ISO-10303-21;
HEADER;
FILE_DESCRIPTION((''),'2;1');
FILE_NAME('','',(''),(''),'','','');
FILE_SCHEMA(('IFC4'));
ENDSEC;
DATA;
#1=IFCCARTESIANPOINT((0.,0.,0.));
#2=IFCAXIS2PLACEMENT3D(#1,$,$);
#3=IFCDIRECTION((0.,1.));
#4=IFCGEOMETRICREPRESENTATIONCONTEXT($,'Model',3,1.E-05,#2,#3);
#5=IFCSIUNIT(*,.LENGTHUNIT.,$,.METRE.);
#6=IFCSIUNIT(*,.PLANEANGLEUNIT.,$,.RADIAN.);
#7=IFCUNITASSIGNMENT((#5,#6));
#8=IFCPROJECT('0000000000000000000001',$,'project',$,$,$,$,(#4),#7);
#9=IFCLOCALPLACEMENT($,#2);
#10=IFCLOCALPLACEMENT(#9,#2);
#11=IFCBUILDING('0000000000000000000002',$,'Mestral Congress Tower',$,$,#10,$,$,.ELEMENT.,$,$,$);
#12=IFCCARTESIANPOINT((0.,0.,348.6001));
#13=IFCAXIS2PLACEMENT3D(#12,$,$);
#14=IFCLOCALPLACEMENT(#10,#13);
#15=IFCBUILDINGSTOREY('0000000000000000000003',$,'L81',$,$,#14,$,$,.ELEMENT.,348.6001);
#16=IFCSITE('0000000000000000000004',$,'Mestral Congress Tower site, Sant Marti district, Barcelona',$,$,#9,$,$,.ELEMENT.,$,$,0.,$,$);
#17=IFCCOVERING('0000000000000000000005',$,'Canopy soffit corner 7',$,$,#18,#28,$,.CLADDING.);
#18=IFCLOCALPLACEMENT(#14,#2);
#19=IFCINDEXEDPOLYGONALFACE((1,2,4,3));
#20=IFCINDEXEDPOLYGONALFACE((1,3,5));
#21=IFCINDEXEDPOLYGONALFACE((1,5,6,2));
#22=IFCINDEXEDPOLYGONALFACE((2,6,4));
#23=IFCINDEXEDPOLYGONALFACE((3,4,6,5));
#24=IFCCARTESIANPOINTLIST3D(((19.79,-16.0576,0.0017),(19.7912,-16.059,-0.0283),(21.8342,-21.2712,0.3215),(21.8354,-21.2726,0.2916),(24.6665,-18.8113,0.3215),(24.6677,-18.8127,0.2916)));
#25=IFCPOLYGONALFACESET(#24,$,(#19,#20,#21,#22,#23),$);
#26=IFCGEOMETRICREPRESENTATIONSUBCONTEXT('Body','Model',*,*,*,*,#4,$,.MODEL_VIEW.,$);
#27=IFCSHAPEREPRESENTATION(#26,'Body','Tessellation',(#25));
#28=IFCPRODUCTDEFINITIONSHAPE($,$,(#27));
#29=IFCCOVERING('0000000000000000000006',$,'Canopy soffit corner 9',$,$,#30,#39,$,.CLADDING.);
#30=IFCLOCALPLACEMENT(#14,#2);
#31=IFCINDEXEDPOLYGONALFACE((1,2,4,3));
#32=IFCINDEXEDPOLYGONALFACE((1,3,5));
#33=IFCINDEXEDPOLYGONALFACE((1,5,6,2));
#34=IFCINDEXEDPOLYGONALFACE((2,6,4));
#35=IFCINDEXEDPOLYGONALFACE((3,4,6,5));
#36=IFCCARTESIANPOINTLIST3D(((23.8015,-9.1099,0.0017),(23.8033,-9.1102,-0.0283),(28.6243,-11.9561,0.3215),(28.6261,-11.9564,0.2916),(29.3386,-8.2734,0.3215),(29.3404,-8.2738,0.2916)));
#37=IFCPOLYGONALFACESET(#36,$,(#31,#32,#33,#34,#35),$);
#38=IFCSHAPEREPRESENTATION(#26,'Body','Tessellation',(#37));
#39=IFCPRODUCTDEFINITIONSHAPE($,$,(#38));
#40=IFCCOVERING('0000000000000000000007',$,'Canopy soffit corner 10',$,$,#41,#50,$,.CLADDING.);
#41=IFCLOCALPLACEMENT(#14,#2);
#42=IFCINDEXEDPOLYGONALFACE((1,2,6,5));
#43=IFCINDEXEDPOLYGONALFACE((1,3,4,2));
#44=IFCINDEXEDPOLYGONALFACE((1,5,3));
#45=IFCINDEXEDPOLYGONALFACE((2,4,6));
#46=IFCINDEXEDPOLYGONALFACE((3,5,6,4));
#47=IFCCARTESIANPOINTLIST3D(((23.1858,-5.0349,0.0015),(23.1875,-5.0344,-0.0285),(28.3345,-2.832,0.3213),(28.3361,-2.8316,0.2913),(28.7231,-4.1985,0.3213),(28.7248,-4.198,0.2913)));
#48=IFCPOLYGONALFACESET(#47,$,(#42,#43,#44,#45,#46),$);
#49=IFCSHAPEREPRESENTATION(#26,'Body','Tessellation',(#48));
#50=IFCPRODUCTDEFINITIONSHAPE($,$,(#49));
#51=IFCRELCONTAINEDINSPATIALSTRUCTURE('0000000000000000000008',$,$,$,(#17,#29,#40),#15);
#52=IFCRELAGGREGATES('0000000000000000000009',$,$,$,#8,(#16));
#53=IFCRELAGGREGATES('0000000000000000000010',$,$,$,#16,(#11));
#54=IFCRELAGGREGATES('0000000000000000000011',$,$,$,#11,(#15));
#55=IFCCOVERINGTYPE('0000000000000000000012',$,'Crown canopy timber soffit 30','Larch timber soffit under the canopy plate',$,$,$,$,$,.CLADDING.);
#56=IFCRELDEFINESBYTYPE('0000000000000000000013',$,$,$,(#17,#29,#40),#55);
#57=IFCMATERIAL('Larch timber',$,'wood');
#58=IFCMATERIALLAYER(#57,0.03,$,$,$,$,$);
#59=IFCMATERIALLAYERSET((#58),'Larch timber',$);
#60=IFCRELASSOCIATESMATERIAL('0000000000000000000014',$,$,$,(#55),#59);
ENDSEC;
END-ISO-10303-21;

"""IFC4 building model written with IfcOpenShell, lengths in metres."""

from ifc_helpers import new_model, si_unit, direction, frame, origin, place, context, subcontext, project, spatial, polyline, outline, extrude, material, layer, layer_set, type_object, element, save


model = new_model("IFC4")

# Units and contexts
model_context = context("Model", 3, precision=1e-05, world=origin(), true_north=direction((0.0, 1.0)))
body_context = subcontext(model_context, "Body", "Model", "MODEL_VIEW")
ifc_project = project(units=[si_unit("LENGTHUNIT", "METRE"), si_unit("PLANEANGLEUNIT", "RADIAN")], contexts=[model_context])

# Site, building, storey
site_placement = place(None, origin())
site = spatial("IfcSite", under=ifc_project, at=site_placement, Name="Mestral Congress Tower site, Sant Marti district, Barcelona", CompositionType="ELEMENT", RefElevation=0.0)
building_placement = place(site_placement, origin())
building = spatial("IfcBuilding", under=site, at=building_placement, Name="Mestral Congress Tower", CompositionType="ELEMENT")
storey_placement = place(building_placement, frame((0.0, 0.0, 348.6001)))
storey = spatial("IfcBuildingStorey", under=building, at=storey_placement, Name="L81", CompositionType="ELEMENT", Elevation=348.6001)

# Coverings
ifc_material_1 = material(Name="Larch timber", Category="wood")
ifc_layer_1 = layer(ifc_material_1, 0.03)
ifc_layer_set_1 = layer_set([ifc_layer_1], Name="Larch timber")
covering_type_1 = type_object("IfcCoveringType", Name="Crown canopy timber soffit 30", Description="Larch timber soffit under the canopy plate", PredefinedType="CLADDING", material=ifc_layer_set_1)
covering_1_placement = place(storey_placement, frame((19.79, -16.0576, 0.0017), z_axis=(-0.039672, 0.045677, 0.998168), x_axis=(0.364437, -0.929481, 0.057018)))
element("IfcCovering", 1, at=covering_1_placement, inside=storey, type_object=covering_type_1, Name="Canopy soffit corner 7", PredefinedType="CLADDING", context=body_context, shape_type="SweptSolid", body=[
    extrude(outline(polyline([(0.0, 0.0), (5.6092, 0.0), (4.3549, 3.5355), (0.0, 0.0)])), origin(), (0.0, 0.0, -1.0), 0.03),
])
covering_2_placement = place(storey_placement, frame((23.8015, -9.1099, 0.0017), z_axis=(-0.059395, 0.011521, 0.998168), x_axis=(0.859808, -0.507424, 0.057019)))
element("IfcCovering", 2, at=covering_2_placement, inside=storey, type_object=covering_type_1, Name="Canopy soffit corner 9", PredefinedType="CLADDING", context=body_context, shape_type="SweptSolid", body=[
    extrude(outline(polyline([(0.0, 0.0), (5.6091, 0.0), (4.3547, 3.5353), (0.0, 0.0)])), origin(), (0.0, 0.0, -1.0), 0.03),
])
covering_3_placement = place(storey_placement, frame((23.1858, -5.0349, 0.0015), z_axis=(-0.055287, -0.015726, 0.998347), x_axis=(0.987175, 0.149114, 0.057017)))
element("IfcCovering", 3, at=covering_3_placement, inside=storey, type_object=covering_type_1, Name="Canopy soffit corner 10", PredefinedType="CLADDING", context=body_context, shape_type="SweptSolid", body=[
    extrude(outline(polyline([(0.0, 0.0), (5.6093, 0.0), (5.4294, 1.4092), (0.0, 0.0)])), origin(), (0.0, 0.0, -1.0), 0.03),
])

save(model, "model.ifc")
